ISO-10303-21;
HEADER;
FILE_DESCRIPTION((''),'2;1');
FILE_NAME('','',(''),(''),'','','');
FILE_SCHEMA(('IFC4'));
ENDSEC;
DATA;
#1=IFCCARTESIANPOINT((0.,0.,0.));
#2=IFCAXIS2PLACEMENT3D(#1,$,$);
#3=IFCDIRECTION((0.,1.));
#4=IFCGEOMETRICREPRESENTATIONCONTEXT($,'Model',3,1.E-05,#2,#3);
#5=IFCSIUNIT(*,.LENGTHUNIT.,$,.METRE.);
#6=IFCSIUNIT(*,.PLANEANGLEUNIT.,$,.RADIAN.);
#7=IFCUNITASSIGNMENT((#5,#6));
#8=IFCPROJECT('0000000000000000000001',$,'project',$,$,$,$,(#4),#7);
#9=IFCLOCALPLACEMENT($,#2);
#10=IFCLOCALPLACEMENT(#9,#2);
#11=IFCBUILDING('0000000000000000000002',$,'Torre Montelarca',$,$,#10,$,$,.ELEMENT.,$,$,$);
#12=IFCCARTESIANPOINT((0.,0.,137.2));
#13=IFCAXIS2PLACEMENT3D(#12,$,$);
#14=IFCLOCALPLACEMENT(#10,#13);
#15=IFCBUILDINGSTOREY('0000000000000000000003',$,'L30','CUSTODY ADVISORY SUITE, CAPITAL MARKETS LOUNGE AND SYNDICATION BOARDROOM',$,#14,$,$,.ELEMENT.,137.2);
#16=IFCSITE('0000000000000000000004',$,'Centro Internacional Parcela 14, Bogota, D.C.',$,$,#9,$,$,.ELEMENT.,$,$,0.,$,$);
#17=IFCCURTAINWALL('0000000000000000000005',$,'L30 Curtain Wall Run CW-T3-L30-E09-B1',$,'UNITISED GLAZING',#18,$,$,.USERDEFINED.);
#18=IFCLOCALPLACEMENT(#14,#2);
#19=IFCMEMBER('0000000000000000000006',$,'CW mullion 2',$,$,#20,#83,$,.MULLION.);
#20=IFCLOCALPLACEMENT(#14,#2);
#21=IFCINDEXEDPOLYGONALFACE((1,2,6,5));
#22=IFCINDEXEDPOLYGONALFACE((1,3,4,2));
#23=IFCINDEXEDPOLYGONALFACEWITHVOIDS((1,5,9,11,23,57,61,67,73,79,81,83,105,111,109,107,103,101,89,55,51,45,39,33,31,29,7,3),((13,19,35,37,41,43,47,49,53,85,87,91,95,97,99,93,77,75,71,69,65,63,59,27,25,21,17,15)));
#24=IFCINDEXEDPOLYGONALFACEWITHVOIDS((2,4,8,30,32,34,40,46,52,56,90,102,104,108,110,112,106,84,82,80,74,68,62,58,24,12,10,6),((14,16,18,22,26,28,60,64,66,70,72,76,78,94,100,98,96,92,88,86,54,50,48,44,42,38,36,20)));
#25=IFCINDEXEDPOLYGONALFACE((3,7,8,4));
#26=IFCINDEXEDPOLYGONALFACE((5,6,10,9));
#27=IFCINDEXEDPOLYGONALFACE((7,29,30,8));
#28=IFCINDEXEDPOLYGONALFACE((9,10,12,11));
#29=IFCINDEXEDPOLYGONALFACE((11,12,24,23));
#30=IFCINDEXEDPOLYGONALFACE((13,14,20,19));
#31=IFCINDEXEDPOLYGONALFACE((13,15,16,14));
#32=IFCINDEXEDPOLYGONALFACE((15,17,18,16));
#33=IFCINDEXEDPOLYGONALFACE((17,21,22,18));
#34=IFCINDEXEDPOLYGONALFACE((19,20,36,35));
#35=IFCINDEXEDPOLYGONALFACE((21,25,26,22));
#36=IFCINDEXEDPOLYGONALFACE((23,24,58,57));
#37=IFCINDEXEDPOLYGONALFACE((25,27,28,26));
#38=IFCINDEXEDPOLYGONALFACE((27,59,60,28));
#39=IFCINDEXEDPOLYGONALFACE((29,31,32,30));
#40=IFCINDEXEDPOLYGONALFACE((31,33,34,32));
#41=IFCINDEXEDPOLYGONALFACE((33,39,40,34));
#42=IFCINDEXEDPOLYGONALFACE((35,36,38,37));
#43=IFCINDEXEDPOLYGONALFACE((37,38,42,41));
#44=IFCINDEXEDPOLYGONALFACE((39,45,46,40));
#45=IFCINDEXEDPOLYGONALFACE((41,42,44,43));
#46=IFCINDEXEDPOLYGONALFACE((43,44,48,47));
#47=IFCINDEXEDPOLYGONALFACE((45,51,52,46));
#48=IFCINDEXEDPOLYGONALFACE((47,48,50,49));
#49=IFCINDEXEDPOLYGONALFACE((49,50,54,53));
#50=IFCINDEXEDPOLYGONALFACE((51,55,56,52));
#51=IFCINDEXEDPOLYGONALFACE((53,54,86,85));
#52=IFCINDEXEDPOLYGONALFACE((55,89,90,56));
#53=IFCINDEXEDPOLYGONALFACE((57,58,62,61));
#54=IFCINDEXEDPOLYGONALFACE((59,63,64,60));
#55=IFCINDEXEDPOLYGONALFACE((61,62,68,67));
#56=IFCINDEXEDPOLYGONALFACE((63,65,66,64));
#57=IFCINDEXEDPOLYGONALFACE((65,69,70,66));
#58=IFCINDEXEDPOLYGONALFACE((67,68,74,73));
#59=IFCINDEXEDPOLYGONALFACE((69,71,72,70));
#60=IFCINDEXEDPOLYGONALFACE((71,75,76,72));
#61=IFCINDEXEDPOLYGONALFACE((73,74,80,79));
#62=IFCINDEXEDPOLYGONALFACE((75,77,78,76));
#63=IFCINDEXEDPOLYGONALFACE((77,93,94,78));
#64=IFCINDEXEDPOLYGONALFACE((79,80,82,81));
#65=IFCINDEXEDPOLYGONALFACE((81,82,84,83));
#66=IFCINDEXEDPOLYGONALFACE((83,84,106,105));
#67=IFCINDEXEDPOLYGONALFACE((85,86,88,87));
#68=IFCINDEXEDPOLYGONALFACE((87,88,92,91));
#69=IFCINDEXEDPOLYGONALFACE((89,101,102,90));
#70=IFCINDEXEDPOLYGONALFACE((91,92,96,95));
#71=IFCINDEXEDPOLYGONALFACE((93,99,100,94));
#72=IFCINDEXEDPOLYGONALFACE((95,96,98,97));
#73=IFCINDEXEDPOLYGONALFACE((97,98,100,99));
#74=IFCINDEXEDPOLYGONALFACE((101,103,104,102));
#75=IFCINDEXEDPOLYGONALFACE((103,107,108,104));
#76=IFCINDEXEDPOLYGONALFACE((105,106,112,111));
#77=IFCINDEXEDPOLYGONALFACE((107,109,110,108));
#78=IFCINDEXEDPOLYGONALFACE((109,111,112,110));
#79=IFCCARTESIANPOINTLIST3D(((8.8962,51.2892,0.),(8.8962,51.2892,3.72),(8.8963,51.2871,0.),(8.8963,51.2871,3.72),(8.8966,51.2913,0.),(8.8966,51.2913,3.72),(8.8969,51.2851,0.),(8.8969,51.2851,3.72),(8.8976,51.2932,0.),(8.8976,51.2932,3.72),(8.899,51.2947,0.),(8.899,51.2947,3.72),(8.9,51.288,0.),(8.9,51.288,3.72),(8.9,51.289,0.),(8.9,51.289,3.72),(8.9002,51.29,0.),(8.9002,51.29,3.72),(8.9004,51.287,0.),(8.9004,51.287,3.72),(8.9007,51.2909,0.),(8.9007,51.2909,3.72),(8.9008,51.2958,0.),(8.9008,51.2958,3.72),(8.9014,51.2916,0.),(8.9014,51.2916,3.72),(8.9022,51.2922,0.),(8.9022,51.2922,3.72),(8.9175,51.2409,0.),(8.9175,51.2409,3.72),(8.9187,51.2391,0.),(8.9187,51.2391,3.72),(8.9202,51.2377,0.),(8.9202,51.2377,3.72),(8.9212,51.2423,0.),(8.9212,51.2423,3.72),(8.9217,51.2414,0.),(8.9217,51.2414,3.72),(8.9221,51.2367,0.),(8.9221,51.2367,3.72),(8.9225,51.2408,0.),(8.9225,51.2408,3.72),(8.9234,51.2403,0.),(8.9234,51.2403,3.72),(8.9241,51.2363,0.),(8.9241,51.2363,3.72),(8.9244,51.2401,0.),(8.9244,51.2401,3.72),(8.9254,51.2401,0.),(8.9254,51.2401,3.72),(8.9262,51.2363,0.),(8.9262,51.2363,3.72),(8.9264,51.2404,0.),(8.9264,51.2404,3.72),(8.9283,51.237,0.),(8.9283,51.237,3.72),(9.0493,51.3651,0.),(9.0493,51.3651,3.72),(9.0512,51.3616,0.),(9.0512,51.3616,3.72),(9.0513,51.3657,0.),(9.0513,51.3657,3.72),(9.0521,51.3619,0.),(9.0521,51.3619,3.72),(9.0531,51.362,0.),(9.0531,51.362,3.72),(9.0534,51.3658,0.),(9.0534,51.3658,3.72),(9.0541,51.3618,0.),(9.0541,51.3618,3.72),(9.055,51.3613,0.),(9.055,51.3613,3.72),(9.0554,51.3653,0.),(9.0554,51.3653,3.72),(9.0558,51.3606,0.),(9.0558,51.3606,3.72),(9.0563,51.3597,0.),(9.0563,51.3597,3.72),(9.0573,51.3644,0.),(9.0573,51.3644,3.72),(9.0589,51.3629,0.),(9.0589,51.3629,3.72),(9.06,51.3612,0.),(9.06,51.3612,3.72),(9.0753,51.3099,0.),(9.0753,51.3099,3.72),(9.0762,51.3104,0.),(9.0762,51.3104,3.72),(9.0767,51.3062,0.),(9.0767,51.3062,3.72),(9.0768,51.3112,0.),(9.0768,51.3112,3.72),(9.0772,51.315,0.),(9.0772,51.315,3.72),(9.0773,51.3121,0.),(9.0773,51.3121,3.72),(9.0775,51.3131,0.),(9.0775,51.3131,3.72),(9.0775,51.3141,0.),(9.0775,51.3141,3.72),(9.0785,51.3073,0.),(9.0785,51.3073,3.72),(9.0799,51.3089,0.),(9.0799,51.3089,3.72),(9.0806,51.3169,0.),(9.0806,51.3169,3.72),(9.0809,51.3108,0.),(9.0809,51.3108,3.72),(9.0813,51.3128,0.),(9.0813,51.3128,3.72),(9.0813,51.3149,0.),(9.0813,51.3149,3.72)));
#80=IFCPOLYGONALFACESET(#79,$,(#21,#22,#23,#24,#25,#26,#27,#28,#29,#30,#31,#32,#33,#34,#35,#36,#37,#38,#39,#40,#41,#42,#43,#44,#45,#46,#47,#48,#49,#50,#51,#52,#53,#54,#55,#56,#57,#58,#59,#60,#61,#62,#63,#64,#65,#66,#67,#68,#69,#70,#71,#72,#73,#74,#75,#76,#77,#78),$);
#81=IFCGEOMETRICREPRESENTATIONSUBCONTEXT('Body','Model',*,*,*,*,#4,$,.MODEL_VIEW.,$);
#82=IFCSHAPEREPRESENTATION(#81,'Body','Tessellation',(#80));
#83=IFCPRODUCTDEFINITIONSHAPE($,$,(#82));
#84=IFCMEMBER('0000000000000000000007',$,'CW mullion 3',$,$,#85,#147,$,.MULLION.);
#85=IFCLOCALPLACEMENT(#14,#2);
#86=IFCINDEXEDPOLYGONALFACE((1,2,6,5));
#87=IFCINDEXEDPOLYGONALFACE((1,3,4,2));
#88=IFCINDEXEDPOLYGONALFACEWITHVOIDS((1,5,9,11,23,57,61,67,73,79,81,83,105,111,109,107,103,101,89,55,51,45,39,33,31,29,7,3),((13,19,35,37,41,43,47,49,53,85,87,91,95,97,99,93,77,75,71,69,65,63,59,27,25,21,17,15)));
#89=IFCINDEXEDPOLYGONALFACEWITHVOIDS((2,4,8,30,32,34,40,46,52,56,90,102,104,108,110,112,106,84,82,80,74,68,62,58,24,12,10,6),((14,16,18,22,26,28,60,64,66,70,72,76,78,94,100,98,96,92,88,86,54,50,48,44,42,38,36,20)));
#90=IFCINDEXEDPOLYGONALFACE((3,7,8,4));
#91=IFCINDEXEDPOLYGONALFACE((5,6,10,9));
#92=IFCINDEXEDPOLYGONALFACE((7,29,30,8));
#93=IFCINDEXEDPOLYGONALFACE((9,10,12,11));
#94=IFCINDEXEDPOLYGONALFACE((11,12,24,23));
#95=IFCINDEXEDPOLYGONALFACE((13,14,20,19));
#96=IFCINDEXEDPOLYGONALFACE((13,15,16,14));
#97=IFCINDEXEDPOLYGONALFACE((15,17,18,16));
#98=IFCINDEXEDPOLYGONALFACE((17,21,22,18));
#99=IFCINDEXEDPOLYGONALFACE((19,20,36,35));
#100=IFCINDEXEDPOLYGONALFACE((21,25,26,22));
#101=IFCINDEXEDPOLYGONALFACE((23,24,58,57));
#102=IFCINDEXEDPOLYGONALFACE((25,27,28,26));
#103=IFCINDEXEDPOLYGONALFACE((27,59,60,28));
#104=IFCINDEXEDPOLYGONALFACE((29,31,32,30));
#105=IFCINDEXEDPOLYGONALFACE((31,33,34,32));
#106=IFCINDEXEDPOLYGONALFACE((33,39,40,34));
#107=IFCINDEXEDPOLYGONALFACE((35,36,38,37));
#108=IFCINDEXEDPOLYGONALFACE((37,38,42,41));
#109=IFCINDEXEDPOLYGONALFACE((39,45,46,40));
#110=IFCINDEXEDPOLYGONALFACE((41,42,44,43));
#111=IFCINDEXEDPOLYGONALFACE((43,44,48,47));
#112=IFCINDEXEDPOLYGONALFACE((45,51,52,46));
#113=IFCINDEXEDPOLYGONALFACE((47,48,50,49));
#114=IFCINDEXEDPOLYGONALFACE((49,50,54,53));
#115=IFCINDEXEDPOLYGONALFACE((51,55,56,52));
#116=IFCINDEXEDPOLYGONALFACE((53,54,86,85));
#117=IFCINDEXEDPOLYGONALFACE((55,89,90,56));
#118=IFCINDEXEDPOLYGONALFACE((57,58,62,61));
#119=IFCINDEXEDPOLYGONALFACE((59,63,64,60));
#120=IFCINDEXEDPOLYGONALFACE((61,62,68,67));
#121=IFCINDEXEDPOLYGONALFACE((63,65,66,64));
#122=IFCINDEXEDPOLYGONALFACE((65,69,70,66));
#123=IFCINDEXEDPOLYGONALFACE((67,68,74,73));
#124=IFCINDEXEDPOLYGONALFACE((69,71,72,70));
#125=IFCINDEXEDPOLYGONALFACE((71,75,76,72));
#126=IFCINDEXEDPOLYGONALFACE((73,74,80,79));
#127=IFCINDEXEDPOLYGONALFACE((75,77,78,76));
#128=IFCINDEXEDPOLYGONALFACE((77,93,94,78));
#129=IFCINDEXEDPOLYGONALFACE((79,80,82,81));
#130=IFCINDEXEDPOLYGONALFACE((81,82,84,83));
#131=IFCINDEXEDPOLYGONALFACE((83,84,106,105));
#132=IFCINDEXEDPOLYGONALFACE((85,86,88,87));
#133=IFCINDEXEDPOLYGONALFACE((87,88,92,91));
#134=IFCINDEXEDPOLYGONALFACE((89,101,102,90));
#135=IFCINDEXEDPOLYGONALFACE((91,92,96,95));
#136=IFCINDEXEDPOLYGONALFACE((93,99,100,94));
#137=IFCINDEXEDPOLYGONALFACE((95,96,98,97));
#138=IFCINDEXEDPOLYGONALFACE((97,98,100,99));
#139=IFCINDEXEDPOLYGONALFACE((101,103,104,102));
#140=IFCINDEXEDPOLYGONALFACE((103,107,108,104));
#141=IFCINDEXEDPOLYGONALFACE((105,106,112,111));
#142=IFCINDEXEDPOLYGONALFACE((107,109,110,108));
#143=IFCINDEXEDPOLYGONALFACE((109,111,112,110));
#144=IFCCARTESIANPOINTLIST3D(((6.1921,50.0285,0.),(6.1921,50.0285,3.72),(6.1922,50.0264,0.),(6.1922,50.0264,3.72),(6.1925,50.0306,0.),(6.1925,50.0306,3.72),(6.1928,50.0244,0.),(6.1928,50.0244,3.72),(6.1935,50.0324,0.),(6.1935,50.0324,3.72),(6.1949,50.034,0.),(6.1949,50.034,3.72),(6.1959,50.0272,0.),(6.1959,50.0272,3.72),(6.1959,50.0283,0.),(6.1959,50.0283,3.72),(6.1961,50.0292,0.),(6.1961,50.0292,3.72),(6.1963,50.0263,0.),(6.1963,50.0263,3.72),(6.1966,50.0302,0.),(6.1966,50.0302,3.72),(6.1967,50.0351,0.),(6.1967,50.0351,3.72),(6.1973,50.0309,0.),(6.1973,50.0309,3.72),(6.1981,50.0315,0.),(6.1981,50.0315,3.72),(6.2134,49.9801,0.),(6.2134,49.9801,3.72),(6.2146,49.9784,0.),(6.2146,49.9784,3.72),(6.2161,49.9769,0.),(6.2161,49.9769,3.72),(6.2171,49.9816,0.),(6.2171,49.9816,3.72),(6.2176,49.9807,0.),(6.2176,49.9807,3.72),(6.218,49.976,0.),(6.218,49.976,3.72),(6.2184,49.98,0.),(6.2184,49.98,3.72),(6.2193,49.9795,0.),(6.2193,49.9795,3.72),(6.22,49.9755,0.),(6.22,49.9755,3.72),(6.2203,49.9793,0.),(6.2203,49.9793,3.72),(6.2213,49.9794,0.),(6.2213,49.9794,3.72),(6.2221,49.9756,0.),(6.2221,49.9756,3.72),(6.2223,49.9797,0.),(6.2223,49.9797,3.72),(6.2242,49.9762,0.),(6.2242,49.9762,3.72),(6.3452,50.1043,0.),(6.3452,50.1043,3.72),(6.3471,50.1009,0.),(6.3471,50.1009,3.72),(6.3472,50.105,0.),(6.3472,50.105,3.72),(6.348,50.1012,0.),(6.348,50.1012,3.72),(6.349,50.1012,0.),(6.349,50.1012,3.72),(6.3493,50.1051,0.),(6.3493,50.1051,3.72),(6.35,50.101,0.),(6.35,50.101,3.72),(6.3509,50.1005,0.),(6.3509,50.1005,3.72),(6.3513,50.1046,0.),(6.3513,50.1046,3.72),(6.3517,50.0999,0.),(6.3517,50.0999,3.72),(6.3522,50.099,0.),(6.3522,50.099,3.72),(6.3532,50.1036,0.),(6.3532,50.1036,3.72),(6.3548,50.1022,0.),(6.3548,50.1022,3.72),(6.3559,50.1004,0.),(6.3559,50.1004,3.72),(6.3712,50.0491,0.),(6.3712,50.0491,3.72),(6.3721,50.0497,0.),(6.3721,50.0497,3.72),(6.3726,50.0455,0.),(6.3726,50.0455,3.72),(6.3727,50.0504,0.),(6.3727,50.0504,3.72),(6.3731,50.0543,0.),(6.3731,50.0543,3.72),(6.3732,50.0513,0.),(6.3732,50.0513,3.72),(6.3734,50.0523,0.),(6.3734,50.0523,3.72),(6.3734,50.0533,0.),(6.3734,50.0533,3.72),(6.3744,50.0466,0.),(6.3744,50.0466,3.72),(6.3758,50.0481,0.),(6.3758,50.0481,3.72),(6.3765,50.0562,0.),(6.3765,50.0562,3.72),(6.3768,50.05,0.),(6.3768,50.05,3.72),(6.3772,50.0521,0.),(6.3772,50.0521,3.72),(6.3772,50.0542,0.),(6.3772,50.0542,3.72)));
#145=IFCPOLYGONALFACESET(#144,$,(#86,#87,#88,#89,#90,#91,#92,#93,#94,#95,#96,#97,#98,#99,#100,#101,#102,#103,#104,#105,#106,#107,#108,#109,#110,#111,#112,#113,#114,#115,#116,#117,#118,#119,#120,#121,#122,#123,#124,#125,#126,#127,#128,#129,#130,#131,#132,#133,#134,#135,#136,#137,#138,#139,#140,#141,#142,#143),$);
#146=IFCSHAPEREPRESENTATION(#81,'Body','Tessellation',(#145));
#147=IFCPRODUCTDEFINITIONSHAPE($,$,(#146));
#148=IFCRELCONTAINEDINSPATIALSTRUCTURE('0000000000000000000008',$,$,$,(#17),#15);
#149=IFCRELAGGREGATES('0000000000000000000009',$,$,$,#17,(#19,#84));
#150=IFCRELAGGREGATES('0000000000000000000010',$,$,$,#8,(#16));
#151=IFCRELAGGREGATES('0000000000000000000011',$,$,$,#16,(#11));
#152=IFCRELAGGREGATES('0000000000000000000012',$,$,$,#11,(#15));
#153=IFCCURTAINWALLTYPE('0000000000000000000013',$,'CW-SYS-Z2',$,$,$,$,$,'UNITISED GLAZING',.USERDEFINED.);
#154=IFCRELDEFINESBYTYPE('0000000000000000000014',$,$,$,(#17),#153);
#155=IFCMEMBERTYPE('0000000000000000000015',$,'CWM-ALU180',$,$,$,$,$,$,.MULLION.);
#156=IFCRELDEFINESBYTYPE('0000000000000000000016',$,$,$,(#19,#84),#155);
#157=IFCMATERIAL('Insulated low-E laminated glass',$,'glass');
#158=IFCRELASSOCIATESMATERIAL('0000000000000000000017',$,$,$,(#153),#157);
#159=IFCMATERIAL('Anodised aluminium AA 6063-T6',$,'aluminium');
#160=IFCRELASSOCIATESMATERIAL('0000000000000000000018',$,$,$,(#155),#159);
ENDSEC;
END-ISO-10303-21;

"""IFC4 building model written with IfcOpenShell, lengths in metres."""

from ifc_helpers import new_model, si_unit, direction, frame, origin, origin_2d, place, context, subcontext, project, spatial, hollow_rectangle, extrude, source, transform, mapped, material, material_profile, profile_set, type_object, element, aggregate, save


model = new_model("IFC4")

# Units and contexts
model_context = context("Model", 3, precision=1e-05, world=origin(), true_north=direction((0.0, 1.0)))
body_context = subcontext(model_context, "Body", "Model", "MODEL_VIEW")
ifc_project = project(units=[si_unit("LENGTHUNIT", "METRE"), si_unit("PLANEANGLEUNIT", "RADIAN")], contexts=[model_context])

# Site, building, storey
site_placement = place(None, origin())
site = spatial("IfcSite", under=ifc_project, at=site_placement, Name="Centro Internacional Parcela 14, Bogota, D.C.", CompositionType="ELEMENT", RefElevation=0.0)
building_placement = place(site_placement, origin())
building = spatial("IfcBuilding", under=site, at=building_placement, Name="Torre Montelarca", CompositionType="ELEMENT")
storey_placement = place(building_placement, frame((0.0, 0.0, 137.2)))
storey = spatial("IfcBuildingStorey", under=building, at=storey_placement, Name="L30", Description="CUSTODY ADVISORY SUITE, CAPITAL MARKETS LOUNGE AND SYNDICATION BOARDROOM", CompositionType="ELEMENT", Elevation=137.2)

# Curtain wall
ifc_material_1 = material(Name="Insulated low-E laminated glass", Category="glass")
curtain_wall_type = type_object("IfcCurtainWallType", Name="CW-SYS-Z2", ElementType="UNITISED GLAZING", PredefinedType="USERDEFINED", material=ifc_material_1)
curtain_wall_1_placement = place(storey_placement, origin())
curtain_wall_1 = element("IfcCurtainWall", 1, at=curtain_wall_1_placement, inside=storey, type_object=curtain_wall_type, Name="L30 Curtain Wall Run CW-T3-L30-E09-B1", ObjectType="UNITISED GLAZING", PredefinedType="USERDEFINED")
ifc_material_2 = material(Name="Anodised aluminium AA 6063-T6", Category="aluminium")

# Members
ifc_material_profile_1 = material_profile(ifc_material_2, hollow_rectangle(XDim=0.0649, YDim=0.1799, WallThickness=0.0039, InnerFilletRadius=0.0039, OuterFilletRadius=0.0081, at=origin_2d()), Name="ALU65X180X4", Category="aluminium")
ifc_profile_set_1 = profile_set([ifc_material_profile_1], Name="Anodised aluminium AA 6063-T6")
member_type_1 = type_object("IfcMemberType", Name="CWM-ALU180", PredefinedType="MULLION", material=ifc_profile_set_1)
shared_shape_1 = source(origin(), body_context, "Body", "SweptSolid", [
    extrude(hollow_rectangle(XDim=0.0649, YDim=0.1799, WallThickness=0.0039, InnerFilletRadius=0.0039, OuterFilletRadius=0.0081, at=origin_2d()), origin(), (0.0, 0.0, 1.0), 3.72),
])
member_1_placement = place(storey_placement, frame((8.9888, 51.301, 0.0), z_axis=(0.0, 0.0, 1.0), x_axis=(0.422598, -0.906317, 0.0)))
member_1 = element("IfcMember", 2, at=member_1_placement, type_object=member_type_1, Name="CW mullion 2", PredefinedType="MULLION", context=body_context, shape_type="MappedRepresentation", body=[
    mapped(shared_shape_1, transform((0.0, 0.0, 0.0), scale=1.0)),
])
member_2_placement = place(storey_placement, frame((6.2847, 50.0403, 0.0), z_axis=(0.0, 0.0, 1.0), x_axis=(0.422598, -0.906317, 0.0)))
member_2 = element("IfcMember", 3, at=member_2_placement, type_object=member_type_1, Name="CW mullion 3", PredefinedType="MULLION", context=body_context, shape_type="MappedRepresentation", body=[
    mapped(shared_shape_1, transform((0.0, 0.0, 0.0), scale=1.0)),
])

aggregate(curtain_wall_1, [member_1, member_2])

save(model, "model.ifc")
